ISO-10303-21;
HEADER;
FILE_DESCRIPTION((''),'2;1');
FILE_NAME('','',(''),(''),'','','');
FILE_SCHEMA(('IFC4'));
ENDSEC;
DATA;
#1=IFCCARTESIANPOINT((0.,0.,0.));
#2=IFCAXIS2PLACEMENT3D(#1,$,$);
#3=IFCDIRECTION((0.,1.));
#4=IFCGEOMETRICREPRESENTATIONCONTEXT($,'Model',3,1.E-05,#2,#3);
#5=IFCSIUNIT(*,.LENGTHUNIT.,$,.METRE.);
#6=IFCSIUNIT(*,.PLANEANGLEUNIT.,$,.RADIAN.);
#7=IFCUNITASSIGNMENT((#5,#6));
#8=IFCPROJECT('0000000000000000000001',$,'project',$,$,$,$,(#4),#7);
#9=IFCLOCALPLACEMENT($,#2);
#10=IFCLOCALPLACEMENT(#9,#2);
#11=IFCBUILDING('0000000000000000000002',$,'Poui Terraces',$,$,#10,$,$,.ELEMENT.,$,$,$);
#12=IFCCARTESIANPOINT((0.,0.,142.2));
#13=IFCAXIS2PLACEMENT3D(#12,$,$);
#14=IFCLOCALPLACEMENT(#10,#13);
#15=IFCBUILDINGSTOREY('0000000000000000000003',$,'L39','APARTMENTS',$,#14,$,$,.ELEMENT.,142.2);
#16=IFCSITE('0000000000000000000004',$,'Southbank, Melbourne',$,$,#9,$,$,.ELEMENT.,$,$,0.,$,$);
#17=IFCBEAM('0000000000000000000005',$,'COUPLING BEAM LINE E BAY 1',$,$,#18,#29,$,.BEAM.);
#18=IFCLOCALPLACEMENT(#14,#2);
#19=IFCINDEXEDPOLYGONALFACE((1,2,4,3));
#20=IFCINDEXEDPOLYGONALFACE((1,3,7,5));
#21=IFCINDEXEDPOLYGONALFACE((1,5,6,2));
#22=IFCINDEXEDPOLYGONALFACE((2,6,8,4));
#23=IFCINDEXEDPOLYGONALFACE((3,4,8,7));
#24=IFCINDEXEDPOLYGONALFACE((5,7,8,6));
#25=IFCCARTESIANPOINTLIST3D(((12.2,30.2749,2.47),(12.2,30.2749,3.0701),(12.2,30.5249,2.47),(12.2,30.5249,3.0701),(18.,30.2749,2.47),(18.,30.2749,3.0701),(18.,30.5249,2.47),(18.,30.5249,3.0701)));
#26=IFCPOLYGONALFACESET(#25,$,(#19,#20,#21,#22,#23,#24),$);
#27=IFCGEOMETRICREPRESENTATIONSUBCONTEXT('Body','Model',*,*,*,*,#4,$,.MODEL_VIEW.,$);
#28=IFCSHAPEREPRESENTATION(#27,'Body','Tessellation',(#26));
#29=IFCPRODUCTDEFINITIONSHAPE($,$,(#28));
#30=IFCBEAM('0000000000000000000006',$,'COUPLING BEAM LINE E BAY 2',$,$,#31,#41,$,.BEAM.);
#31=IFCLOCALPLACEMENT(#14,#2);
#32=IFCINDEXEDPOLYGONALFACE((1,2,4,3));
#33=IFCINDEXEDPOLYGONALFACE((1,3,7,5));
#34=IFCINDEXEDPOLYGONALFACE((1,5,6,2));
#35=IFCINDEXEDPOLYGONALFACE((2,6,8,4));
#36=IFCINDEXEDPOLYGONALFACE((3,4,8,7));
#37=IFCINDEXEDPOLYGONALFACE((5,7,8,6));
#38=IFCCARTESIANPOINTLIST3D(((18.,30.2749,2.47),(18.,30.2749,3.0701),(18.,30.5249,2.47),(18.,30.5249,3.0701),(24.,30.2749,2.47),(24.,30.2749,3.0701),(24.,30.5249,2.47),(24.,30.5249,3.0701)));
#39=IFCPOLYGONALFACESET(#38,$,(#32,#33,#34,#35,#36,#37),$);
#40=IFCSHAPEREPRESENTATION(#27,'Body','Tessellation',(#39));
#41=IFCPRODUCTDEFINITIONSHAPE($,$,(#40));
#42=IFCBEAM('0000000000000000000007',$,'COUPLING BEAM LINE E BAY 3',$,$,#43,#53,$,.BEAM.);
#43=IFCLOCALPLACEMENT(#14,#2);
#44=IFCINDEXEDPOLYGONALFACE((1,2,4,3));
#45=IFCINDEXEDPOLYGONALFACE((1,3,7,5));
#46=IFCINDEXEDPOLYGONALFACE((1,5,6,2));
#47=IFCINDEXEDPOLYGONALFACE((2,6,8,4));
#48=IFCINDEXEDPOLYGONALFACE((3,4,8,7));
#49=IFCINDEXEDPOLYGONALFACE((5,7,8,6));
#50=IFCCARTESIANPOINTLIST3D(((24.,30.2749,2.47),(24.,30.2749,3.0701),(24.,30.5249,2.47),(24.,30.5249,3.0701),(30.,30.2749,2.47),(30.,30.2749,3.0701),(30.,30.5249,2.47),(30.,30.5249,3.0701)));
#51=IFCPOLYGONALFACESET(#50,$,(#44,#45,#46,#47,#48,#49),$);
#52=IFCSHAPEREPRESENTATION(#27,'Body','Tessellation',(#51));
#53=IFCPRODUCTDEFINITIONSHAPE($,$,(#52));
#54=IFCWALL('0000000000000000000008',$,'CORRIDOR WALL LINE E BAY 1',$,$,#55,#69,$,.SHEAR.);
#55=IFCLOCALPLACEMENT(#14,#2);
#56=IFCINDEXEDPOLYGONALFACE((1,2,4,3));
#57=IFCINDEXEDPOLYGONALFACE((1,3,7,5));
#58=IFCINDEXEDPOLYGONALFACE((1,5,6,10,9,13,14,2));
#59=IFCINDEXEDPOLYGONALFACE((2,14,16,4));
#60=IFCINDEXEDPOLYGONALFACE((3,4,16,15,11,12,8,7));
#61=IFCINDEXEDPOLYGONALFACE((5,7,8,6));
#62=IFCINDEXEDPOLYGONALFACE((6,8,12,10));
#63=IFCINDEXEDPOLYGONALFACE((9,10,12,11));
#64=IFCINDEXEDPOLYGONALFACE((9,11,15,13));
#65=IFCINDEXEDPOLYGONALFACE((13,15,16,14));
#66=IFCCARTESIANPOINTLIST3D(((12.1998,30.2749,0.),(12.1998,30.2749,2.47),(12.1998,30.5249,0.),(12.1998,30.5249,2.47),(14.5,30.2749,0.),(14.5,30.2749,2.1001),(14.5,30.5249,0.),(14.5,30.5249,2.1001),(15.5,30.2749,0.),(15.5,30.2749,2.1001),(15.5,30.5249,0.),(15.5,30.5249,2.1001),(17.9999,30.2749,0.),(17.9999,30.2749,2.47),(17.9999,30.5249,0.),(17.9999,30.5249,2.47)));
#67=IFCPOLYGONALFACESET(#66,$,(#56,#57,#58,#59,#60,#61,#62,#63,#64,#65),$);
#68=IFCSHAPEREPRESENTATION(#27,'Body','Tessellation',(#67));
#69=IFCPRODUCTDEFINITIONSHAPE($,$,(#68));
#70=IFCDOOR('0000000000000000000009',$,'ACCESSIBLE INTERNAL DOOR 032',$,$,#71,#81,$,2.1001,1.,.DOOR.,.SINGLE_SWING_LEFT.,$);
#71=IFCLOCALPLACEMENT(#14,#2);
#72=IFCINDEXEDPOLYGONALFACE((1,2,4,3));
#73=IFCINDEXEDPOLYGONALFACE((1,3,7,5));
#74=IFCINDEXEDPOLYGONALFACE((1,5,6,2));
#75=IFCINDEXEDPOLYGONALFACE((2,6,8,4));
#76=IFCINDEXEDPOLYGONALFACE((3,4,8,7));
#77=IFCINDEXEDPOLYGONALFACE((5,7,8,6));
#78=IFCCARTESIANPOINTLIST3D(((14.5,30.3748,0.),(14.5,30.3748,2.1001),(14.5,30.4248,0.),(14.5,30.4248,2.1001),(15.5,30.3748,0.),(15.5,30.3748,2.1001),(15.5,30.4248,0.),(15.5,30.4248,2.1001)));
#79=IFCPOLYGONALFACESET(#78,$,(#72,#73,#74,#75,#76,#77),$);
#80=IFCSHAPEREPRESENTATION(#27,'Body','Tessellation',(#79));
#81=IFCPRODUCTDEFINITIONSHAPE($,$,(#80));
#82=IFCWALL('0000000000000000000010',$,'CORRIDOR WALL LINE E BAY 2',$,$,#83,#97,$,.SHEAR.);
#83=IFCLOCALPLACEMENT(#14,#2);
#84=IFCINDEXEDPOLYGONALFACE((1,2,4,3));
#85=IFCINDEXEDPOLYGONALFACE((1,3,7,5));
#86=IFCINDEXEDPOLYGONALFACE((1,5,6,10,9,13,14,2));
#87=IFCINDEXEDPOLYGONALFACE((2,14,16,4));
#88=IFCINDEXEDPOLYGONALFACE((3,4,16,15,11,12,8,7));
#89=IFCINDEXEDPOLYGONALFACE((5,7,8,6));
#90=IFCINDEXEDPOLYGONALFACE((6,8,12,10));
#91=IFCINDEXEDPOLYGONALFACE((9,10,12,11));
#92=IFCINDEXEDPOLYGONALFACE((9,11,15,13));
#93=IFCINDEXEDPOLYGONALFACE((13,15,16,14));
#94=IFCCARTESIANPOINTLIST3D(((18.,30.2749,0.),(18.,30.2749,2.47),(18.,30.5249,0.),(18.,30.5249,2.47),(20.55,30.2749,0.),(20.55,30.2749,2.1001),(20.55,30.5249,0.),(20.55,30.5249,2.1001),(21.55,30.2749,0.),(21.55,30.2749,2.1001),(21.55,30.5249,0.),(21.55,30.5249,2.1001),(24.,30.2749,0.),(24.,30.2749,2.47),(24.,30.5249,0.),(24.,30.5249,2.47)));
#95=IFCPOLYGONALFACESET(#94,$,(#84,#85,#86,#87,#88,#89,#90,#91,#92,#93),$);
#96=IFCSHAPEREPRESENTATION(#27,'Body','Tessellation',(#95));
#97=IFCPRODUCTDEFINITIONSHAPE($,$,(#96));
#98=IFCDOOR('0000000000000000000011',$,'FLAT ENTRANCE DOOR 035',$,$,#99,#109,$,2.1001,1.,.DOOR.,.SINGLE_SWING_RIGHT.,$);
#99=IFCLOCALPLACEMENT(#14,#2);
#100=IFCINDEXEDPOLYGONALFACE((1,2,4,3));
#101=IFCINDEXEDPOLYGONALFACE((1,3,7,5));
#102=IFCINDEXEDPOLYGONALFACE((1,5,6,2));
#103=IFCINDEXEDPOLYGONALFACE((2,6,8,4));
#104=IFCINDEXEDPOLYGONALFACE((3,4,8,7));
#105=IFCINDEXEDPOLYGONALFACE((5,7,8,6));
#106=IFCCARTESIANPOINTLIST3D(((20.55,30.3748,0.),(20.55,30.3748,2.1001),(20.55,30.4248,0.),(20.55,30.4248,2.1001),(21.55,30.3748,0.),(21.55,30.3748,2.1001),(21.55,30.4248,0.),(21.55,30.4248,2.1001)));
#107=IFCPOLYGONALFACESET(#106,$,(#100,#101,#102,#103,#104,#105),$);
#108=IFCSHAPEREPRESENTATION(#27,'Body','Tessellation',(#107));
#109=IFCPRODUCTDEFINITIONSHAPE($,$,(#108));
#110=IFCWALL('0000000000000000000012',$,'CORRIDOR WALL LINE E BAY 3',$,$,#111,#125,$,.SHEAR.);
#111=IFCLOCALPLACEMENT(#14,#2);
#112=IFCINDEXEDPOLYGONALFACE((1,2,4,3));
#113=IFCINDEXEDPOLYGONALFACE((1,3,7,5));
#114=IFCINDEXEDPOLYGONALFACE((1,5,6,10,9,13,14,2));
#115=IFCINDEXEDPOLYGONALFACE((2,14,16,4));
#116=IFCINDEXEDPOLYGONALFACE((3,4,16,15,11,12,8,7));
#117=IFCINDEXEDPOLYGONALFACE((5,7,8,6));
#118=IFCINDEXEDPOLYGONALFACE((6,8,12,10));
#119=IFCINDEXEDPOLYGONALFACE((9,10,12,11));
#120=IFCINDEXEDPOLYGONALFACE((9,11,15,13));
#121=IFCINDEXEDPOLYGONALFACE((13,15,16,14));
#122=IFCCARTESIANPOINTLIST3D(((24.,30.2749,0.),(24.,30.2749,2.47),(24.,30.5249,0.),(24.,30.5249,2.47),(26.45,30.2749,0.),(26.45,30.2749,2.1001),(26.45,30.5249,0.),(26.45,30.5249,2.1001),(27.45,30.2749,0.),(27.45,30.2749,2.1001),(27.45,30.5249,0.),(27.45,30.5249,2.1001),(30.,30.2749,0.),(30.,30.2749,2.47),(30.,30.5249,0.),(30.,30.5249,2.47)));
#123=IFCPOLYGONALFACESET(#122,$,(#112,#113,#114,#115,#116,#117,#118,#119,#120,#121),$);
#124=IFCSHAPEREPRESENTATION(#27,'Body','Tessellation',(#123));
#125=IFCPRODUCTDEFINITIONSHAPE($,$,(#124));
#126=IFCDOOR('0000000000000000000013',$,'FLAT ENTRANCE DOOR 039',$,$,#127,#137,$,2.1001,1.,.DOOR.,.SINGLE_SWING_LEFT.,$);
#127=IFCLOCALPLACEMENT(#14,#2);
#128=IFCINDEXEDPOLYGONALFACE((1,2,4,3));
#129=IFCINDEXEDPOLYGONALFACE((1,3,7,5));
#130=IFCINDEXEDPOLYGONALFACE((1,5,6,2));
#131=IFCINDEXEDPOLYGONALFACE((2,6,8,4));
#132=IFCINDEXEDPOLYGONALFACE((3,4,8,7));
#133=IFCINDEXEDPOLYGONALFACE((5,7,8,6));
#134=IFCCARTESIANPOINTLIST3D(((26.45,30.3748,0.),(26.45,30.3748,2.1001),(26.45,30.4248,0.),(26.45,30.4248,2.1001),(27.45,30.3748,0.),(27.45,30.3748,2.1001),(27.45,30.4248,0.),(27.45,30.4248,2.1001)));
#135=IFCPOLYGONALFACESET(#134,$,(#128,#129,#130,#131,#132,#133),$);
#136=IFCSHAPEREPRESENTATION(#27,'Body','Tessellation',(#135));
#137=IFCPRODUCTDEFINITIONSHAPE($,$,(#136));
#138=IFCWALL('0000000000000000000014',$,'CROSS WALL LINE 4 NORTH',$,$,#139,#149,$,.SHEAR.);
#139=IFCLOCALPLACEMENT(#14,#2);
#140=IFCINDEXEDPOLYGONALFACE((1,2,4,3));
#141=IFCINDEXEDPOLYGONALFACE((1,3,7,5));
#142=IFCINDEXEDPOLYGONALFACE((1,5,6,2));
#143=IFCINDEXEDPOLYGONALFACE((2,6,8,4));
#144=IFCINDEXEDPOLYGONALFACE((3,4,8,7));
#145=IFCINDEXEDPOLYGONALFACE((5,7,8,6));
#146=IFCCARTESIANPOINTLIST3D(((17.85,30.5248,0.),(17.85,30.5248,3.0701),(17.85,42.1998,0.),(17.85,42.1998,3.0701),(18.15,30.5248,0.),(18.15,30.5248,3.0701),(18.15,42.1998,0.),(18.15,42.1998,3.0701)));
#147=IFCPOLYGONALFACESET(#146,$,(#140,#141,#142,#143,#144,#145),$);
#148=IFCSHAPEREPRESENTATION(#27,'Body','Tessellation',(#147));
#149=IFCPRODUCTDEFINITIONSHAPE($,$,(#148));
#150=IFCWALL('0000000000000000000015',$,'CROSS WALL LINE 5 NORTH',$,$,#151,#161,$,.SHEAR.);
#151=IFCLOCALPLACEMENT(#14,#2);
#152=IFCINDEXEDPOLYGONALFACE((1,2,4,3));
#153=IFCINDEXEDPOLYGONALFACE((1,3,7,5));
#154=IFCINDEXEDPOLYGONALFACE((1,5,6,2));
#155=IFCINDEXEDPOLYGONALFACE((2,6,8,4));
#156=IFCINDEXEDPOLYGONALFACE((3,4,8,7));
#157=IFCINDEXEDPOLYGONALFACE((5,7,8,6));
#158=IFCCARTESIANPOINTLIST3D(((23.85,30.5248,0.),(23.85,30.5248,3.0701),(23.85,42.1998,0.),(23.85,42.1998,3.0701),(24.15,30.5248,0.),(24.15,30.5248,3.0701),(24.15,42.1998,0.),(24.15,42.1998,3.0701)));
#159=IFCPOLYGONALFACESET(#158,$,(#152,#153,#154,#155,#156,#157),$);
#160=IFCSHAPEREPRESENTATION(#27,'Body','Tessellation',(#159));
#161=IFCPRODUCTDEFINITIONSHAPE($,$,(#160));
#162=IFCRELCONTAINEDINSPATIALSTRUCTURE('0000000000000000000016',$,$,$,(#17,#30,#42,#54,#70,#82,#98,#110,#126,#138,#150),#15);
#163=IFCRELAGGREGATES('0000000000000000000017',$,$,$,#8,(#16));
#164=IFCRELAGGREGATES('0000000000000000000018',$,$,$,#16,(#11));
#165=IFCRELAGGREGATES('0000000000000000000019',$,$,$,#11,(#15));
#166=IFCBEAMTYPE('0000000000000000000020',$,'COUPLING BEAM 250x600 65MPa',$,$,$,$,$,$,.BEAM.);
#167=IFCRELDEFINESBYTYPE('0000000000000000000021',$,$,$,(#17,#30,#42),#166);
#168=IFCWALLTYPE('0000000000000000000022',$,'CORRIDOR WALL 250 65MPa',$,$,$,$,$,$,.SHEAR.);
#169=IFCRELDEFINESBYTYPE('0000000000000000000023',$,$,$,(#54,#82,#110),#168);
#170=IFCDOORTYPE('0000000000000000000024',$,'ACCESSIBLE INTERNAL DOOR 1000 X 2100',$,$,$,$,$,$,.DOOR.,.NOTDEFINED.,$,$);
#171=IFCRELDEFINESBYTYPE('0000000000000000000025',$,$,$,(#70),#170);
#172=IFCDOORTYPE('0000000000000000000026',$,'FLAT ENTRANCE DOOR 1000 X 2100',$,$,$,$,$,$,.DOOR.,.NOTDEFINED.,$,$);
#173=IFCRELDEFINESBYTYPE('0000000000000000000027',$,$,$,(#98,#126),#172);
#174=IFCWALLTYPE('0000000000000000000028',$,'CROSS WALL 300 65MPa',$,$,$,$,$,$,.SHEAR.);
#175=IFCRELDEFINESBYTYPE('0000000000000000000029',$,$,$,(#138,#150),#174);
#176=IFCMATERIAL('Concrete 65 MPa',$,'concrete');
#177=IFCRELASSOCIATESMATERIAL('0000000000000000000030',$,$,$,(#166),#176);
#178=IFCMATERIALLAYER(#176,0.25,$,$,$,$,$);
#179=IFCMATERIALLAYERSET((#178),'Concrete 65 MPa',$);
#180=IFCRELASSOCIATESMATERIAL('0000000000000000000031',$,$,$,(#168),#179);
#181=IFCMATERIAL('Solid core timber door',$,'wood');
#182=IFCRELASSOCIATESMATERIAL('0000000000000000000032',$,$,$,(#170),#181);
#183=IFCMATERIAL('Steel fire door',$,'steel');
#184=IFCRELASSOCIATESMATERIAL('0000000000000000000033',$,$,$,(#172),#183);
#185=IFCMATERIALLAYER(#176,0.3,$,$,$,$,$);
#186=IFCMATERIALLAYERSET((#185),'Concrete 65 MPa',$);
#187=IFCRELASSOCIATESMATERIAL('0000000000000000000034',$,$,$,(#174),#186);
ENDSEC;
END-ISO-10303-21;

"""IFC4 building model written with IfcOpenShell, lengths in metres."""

from ifc_helpers import new_model, si_unit, direction, frame, frame_2d, origin, origin_2d, place, context, subcontext, project, spatial, rectangle, extrude, source, transform, mapped, material, layer, layer_set, material_profile, profile_set, type_object, element, fill, save


model = new_model("IFC4")

# Units and contexts
model_context = context("Model", 3, precision=1e-05, world=origin(), true_north=direction((0.0, 1.0)))
body_context = subcontext(model_context, "Body", "Model", "MODEL_VIEW")
ifc_project = project(units=[si_unit("LENGTHUNIT", "METRE"), si_unit("PLANEANGLEUNIT", "RADIAN")], contexts=[model_context])

# Site, building, storey
site_placement = place(None, origin())
site = spatial("IfcSite", under=ifc_project, at=site_placement, Name="Southbank, Melbourne", CompositionType="ELEMENT", RefElevation=0.0)
building_placement = place(site_placement, origin())
building = spatial("IfcBuilding", under=site, at=building_placement, Name="Poui Terraces", CompositionType="ELEMENT")
storey_placement = place(building_placement, frame((0.0, 0.0, 142.2)))
storey = spatial("IfcBuildingStorey", under=building, at=storey_placement, Name="L39", Description="APARTMENTS", CompositionType="ELEMENT", Elevation=142.2)

# Beams
ifc_material_1 = material(Name="Concrete 65 MPa", Category="concrete")
ifc_material_profile_1 = material_profile(ifc_material_1, rectangle(XDim=0.25, YDim=0.6001, at=origin_2d()), Name="RC 250x600")
ifc_profile_set_1 = profile_set([ifc_material_profile_1], Name="Concrete 65 MPa")
beam_type = type_object("IfcBeamType", Name="COUPLING BEAM 250x600 65MPa", PredefinedType="BEAM", material=ifc_profile_set_1)
shared_shape_1 = source(origin(), body_context, "Body", "SweptSolid", [
    extrude(rectangle(XDim=0.25, YDim=0.6001, at=origin_2d()), origin(), (0.0, 0.0, 1.0), 5.8),
])
beam_placement = place(storey_placement, frame((12.2, 30.3999, 2.77), z_axis=(1.0, 0.0, 0.0), x_axis=(0.0, 1.0, 0.0)))
element("IfcBeam", 1, at=beam_placement, inside=storey, type_object=beam_type, Name="COUPLING BEAM LINE E BAY 1", PredefinedType="BEAM", context=body_context, shape_type="MappedRepresentation", body=[
    mapped(shared_shape_1, transform((0.0, 0.0, 0.0))),
])
shared_shape_2 = source(origin(), body_context, "Body", "SweptSolid", [
    extrude(rectangle(XDim=0.25, YDim=0.6001, at=origin_2d()), origin(), (0.0, 0.0, 1.0), 6.0),
])
for number, where, z_axis, x_axis, name in (
    (2, (18.0, 30.3999, 2.77), (1.0, 0.0, 0.0), (0.0, 1.0, 0.0), "COUPLING BEAM LINE E BAY 2"),
    (3, (24.0, 30.3999, 2.77), (1.0, 0.0, 0.0), (0.0, 1.0, 0.0), "COUPLING BEAM LINE E BAY 3"),
):
    element("IfcBeam", number, at=place(storey_placement, frame(where, z_axis=z_axis, x_axis=x_axis)), inside=storey, type_object=beam_type, Name=name, PredefinedType="BEAM", context=body_context, shape_type="MappedRepresentation", body=[
        mapped(shared_shape_2, transform((0.0, 0.0, 0.0))),
    ])

# Walls, openings, doors
ifc_layer_1 = layer(ifc_material_1, 0.25)
ifc_layer_set_1 = layer_set([ifc_layer_1], Name="Concrete 65 MPa")
wall_type_1 = type_object("IfcWallType", Name="CORRIDOR WALL 250 65MPa", PredefinedType="SHEAR", material=ifc_layer_set_1)
wall_1_placement = place(storey_placement, frame((12.2, 30.3999, 0.0), z_axis=(0.0, 0.0, 1.0), x_axis=(1.0, 0.0, 0.0)))
wall_1 = element("IfcWall", 4, at=wall_1_placement, inside=storey, type_object=wall_type_1, Name="CORRIDOR WALL LINE E BAY 1", PredefinedType="SHEAR", context=body_context, shape_type="SweptSolid", body=[
    extrude(rectangle(XDim=5.8, YDim=0.25, at=frame_2d((2.8999, 0.0))), origin(), (0.0, 0.0, 1.0), 2.47),
])
opening_1_placement = place(wall_1_placement, frame((2.3, 0.0, 0.0)))
opening_1 = element("IfcOpeningElement", 5, at=opening_1_placement, cuts=wall_1, PredefinedType="OPENING", context=body_context, shape_type="SweptSolid", body=[
    extrude(rectangle(XDim=1.0, YDim=2.1001, at=frame_2d((0.5, 1.05))), frame((0.0, 0.135, 0.0), z_axis=(0.0, -1.0, 0.0), x_axis=(1.0, 0.0, 0.0)), (0.0, 0.0, 1.0), 0.27),
])
ifc_material_2 = material(Name="Solid core timber door", Category="wood")
door_type_1 = type_object("IfcDoorType", Name="ACCESSIBLE INTERNAL DOOR 1000 X 2100", OperationType="NOTDEFINED", PredefinedType="DOOR", material=ifc_material_2)
door_1_placement = place(opening_1_placement, origin())
door_1 = element("IfcDoor", 6, at=door_1_placement, inside=storey, type_object=door_type_1, Name="ACCESSIBLE INTERNAL DOOR 032", OperationType="SINGLE_SWING_LEFT", OverallHeight=2.1001, OverallWidth=1.0, PredefinedType="DOOR", context=body_context, shape_type="SweptSolid", body=[
    extrude(rectangle(XDim=1.0, YDim=2.1001, at=frame_2d((0.5, 1.05))), frame((0.0, 0.0249, 0.0), z_axis=(0.0, -1.0, 0.0), x_axis=(1.0, 0.0, 0.0)), (0.0, 0.0, 1.0), 0.05),
])
fill(opening_1, door_1)
wall_2_placement = place(storey_placement, frame((18.0, 30.3999, 0.0), z_axis=(0.0, 0.0, 1.0), x_axis=(1.0, 0.0, 0.0)))
wall_2 = element("IfcWall", 7, at=wall_2_placement, inside=storey, type_object=wall_type_1, Name="CORRIDOR WALL LINE E BAY 2", PredefinedType="SHEAR", context=body_context, shape_type="SweptSolid", body=[
    extrude(rectangle(XDim=6.0, YDim=0.25, at=frame_2d((3.0, 0.0))), origin(), (0.0, 0.0, 1.0), 2.47),
])
opening_2_placement = place(wall_2_placement, frame((2.55, 0.0, 0.0)))
opening_2 = element("IfcOpeningElement", 8, at=opening_2_placement, cuts=wall_2, PredefinedType="OPENING", context=body_context, shape_type="SweptSolid", body=[
    extrude(rectangle(XDim=1.0, YDim=2.1001, at=frame_2d((0.5, 1.05))), frame((0.0, 0.135, 0.0), z_axis=(0.0, -1.0, 0.0), x_axis=(1.0, 0.0, 0.0)), (0.0, 0.0, 1.0), 0.27),
])
ifc_material_3 = material(Name="Steel fire door", Category="steel")
door_type_2 = type_object("IfcDoorType", Name="FLAT ENTRANCE DOOR 1000 X 2100", OperationType="NOTDEFINED", PredefinedType="DOOR", material=ifc_material_3)
door_2_placement = place(opening_2_placement, origin())
door_2 = element("IfcDoor", 9, at=door_2_placement, inside=storey, type_object=door_type_2, Name="FLAT ENTRANCE DOOR 035", OperationType="SINGLE_SWING_RIGHT", OverallHeight=2.1001, OverallWidth=1.0, PredefinedType="DOOR", context=body_context, shape_type="SweptSolid", body=[
    extrude(rectangle(XDim=1.0, YDim=2.1001, at=frame_2d((0.5, 1.05))), frame((0.0, 0.0249, 0.0), z_axis=(0.0, -1.0, 0.0), x_axis=(1.0, 0.0, 0.0)), (0.0, 0.0, 1.0), 0.05),
])
fill(opening_2, door_2)
wall_3_placement = place(storey_placement, frame((24.0, 30.3999, 0.0), z_axis=(0.0, 0.0, 1.0), x_axis=(1.0, 0.0, 0.0)))
wall_3 = element("IfcWall", 10, at=wall_3_placement, inside=storey, type_object=wall_type_1, Name="CORRIDOR WALL LINE E BAY 3", PredefinedType="SHEAR", context=body_context, shape_type="SweptSolid", body=[
    extrude(rectangle(XDim=6.0, YDim=0.25, at=frame_2d((3.0, 0.0))), origin(), (0.0, 0.0, 1.0), 2.47),
])
opening_3_placement = place(wall_3_placement, frame((2.45, 0.0, 0.0)))
opening_3 = element("IfcOpeningElement", 11, at=opening_3_placement, cuts=wall_3, PredefinedType="OPENING", context=body_context, shape_type="SweptSolid", body=[
    extrude(rectangle(XDim=1.0, YDim=2.1001, at=frame_2d((0.5, 1.05))), frame((0.0, 0.135, 0.0), z_axis=(0.0, -1.0, 0.0), x_axis=(1.0, 0.0, 0.0)), (0.0, 0.0, 1.0), 0.27),
])
door_3_placement = place(opening_3_placement, origin())
door_3 = element("IfcDoor", 12, at=door_3_placement, inside=storey, type_object=door_type_2, Name="FLAT ENTRANCE DOOR 039", OperationType="SINGLE_SWING_LEFT", OverallHeight=2.1001, OverallWidth=1.0, PredefinedType="DOOR", context=body_context, shape_type="SweptSolid", body=[
    extrude(rectangle(XDim=1.0, YDim=2.1001, at=frame_2d((0.5, 1.05))), frame((0.0, 0.0249, 0.0), z_axis=(0.0, -1.0, 0.0), x_axis=(1.0, 0.0, 0.0)), (0.0, 0.0, 1.0), 0.05),
])
fill(opening_3, door_3)

# Walls
ifc_layer_2 = layer(ifc_material_1, 0.3)
ifc_layer_set_2 = layer_set([ifc_layer_2], Name="Concrete 65 MPa")
wall_type_2 = type_object("IfcWallType", Name="CROSS WALL 300 65MPa", PredefinedType="SHEAR", material=ifc_layer_set_2)
for number, where, z_axis, x_axis, name in (
    (13, (18.0, 30.5249, 0.0), (0.0, 0.0, 1.0), (0.0, 1.0, 0.0), "CROSS WALL LINE 4 NORTH"),
    (14, (24.0, 30.5249, 0.0), (0.0, 0.0, 1.0), (0.0, 1.0, 0.0), "CROSS WALL LINE 5 NORTH"),
):
    element("IfcWall", number, at=place(storey_placement, frame(where, z_axis=z_axis, x_axis=x_axis)), inside=storey, type_object=wall_type_2, Name=name, PredefinedType="SHEAR", context=body_context, shape_type="SweptSolid", body=[
        extrude(rectangle(XDim=11.675, YDim=0.3, at=frame_2d((5.8374, 0.0))), origin(), (0.0, 0.0, 1.0), 3.0701),
    ])

save(model, "model.ifc")
